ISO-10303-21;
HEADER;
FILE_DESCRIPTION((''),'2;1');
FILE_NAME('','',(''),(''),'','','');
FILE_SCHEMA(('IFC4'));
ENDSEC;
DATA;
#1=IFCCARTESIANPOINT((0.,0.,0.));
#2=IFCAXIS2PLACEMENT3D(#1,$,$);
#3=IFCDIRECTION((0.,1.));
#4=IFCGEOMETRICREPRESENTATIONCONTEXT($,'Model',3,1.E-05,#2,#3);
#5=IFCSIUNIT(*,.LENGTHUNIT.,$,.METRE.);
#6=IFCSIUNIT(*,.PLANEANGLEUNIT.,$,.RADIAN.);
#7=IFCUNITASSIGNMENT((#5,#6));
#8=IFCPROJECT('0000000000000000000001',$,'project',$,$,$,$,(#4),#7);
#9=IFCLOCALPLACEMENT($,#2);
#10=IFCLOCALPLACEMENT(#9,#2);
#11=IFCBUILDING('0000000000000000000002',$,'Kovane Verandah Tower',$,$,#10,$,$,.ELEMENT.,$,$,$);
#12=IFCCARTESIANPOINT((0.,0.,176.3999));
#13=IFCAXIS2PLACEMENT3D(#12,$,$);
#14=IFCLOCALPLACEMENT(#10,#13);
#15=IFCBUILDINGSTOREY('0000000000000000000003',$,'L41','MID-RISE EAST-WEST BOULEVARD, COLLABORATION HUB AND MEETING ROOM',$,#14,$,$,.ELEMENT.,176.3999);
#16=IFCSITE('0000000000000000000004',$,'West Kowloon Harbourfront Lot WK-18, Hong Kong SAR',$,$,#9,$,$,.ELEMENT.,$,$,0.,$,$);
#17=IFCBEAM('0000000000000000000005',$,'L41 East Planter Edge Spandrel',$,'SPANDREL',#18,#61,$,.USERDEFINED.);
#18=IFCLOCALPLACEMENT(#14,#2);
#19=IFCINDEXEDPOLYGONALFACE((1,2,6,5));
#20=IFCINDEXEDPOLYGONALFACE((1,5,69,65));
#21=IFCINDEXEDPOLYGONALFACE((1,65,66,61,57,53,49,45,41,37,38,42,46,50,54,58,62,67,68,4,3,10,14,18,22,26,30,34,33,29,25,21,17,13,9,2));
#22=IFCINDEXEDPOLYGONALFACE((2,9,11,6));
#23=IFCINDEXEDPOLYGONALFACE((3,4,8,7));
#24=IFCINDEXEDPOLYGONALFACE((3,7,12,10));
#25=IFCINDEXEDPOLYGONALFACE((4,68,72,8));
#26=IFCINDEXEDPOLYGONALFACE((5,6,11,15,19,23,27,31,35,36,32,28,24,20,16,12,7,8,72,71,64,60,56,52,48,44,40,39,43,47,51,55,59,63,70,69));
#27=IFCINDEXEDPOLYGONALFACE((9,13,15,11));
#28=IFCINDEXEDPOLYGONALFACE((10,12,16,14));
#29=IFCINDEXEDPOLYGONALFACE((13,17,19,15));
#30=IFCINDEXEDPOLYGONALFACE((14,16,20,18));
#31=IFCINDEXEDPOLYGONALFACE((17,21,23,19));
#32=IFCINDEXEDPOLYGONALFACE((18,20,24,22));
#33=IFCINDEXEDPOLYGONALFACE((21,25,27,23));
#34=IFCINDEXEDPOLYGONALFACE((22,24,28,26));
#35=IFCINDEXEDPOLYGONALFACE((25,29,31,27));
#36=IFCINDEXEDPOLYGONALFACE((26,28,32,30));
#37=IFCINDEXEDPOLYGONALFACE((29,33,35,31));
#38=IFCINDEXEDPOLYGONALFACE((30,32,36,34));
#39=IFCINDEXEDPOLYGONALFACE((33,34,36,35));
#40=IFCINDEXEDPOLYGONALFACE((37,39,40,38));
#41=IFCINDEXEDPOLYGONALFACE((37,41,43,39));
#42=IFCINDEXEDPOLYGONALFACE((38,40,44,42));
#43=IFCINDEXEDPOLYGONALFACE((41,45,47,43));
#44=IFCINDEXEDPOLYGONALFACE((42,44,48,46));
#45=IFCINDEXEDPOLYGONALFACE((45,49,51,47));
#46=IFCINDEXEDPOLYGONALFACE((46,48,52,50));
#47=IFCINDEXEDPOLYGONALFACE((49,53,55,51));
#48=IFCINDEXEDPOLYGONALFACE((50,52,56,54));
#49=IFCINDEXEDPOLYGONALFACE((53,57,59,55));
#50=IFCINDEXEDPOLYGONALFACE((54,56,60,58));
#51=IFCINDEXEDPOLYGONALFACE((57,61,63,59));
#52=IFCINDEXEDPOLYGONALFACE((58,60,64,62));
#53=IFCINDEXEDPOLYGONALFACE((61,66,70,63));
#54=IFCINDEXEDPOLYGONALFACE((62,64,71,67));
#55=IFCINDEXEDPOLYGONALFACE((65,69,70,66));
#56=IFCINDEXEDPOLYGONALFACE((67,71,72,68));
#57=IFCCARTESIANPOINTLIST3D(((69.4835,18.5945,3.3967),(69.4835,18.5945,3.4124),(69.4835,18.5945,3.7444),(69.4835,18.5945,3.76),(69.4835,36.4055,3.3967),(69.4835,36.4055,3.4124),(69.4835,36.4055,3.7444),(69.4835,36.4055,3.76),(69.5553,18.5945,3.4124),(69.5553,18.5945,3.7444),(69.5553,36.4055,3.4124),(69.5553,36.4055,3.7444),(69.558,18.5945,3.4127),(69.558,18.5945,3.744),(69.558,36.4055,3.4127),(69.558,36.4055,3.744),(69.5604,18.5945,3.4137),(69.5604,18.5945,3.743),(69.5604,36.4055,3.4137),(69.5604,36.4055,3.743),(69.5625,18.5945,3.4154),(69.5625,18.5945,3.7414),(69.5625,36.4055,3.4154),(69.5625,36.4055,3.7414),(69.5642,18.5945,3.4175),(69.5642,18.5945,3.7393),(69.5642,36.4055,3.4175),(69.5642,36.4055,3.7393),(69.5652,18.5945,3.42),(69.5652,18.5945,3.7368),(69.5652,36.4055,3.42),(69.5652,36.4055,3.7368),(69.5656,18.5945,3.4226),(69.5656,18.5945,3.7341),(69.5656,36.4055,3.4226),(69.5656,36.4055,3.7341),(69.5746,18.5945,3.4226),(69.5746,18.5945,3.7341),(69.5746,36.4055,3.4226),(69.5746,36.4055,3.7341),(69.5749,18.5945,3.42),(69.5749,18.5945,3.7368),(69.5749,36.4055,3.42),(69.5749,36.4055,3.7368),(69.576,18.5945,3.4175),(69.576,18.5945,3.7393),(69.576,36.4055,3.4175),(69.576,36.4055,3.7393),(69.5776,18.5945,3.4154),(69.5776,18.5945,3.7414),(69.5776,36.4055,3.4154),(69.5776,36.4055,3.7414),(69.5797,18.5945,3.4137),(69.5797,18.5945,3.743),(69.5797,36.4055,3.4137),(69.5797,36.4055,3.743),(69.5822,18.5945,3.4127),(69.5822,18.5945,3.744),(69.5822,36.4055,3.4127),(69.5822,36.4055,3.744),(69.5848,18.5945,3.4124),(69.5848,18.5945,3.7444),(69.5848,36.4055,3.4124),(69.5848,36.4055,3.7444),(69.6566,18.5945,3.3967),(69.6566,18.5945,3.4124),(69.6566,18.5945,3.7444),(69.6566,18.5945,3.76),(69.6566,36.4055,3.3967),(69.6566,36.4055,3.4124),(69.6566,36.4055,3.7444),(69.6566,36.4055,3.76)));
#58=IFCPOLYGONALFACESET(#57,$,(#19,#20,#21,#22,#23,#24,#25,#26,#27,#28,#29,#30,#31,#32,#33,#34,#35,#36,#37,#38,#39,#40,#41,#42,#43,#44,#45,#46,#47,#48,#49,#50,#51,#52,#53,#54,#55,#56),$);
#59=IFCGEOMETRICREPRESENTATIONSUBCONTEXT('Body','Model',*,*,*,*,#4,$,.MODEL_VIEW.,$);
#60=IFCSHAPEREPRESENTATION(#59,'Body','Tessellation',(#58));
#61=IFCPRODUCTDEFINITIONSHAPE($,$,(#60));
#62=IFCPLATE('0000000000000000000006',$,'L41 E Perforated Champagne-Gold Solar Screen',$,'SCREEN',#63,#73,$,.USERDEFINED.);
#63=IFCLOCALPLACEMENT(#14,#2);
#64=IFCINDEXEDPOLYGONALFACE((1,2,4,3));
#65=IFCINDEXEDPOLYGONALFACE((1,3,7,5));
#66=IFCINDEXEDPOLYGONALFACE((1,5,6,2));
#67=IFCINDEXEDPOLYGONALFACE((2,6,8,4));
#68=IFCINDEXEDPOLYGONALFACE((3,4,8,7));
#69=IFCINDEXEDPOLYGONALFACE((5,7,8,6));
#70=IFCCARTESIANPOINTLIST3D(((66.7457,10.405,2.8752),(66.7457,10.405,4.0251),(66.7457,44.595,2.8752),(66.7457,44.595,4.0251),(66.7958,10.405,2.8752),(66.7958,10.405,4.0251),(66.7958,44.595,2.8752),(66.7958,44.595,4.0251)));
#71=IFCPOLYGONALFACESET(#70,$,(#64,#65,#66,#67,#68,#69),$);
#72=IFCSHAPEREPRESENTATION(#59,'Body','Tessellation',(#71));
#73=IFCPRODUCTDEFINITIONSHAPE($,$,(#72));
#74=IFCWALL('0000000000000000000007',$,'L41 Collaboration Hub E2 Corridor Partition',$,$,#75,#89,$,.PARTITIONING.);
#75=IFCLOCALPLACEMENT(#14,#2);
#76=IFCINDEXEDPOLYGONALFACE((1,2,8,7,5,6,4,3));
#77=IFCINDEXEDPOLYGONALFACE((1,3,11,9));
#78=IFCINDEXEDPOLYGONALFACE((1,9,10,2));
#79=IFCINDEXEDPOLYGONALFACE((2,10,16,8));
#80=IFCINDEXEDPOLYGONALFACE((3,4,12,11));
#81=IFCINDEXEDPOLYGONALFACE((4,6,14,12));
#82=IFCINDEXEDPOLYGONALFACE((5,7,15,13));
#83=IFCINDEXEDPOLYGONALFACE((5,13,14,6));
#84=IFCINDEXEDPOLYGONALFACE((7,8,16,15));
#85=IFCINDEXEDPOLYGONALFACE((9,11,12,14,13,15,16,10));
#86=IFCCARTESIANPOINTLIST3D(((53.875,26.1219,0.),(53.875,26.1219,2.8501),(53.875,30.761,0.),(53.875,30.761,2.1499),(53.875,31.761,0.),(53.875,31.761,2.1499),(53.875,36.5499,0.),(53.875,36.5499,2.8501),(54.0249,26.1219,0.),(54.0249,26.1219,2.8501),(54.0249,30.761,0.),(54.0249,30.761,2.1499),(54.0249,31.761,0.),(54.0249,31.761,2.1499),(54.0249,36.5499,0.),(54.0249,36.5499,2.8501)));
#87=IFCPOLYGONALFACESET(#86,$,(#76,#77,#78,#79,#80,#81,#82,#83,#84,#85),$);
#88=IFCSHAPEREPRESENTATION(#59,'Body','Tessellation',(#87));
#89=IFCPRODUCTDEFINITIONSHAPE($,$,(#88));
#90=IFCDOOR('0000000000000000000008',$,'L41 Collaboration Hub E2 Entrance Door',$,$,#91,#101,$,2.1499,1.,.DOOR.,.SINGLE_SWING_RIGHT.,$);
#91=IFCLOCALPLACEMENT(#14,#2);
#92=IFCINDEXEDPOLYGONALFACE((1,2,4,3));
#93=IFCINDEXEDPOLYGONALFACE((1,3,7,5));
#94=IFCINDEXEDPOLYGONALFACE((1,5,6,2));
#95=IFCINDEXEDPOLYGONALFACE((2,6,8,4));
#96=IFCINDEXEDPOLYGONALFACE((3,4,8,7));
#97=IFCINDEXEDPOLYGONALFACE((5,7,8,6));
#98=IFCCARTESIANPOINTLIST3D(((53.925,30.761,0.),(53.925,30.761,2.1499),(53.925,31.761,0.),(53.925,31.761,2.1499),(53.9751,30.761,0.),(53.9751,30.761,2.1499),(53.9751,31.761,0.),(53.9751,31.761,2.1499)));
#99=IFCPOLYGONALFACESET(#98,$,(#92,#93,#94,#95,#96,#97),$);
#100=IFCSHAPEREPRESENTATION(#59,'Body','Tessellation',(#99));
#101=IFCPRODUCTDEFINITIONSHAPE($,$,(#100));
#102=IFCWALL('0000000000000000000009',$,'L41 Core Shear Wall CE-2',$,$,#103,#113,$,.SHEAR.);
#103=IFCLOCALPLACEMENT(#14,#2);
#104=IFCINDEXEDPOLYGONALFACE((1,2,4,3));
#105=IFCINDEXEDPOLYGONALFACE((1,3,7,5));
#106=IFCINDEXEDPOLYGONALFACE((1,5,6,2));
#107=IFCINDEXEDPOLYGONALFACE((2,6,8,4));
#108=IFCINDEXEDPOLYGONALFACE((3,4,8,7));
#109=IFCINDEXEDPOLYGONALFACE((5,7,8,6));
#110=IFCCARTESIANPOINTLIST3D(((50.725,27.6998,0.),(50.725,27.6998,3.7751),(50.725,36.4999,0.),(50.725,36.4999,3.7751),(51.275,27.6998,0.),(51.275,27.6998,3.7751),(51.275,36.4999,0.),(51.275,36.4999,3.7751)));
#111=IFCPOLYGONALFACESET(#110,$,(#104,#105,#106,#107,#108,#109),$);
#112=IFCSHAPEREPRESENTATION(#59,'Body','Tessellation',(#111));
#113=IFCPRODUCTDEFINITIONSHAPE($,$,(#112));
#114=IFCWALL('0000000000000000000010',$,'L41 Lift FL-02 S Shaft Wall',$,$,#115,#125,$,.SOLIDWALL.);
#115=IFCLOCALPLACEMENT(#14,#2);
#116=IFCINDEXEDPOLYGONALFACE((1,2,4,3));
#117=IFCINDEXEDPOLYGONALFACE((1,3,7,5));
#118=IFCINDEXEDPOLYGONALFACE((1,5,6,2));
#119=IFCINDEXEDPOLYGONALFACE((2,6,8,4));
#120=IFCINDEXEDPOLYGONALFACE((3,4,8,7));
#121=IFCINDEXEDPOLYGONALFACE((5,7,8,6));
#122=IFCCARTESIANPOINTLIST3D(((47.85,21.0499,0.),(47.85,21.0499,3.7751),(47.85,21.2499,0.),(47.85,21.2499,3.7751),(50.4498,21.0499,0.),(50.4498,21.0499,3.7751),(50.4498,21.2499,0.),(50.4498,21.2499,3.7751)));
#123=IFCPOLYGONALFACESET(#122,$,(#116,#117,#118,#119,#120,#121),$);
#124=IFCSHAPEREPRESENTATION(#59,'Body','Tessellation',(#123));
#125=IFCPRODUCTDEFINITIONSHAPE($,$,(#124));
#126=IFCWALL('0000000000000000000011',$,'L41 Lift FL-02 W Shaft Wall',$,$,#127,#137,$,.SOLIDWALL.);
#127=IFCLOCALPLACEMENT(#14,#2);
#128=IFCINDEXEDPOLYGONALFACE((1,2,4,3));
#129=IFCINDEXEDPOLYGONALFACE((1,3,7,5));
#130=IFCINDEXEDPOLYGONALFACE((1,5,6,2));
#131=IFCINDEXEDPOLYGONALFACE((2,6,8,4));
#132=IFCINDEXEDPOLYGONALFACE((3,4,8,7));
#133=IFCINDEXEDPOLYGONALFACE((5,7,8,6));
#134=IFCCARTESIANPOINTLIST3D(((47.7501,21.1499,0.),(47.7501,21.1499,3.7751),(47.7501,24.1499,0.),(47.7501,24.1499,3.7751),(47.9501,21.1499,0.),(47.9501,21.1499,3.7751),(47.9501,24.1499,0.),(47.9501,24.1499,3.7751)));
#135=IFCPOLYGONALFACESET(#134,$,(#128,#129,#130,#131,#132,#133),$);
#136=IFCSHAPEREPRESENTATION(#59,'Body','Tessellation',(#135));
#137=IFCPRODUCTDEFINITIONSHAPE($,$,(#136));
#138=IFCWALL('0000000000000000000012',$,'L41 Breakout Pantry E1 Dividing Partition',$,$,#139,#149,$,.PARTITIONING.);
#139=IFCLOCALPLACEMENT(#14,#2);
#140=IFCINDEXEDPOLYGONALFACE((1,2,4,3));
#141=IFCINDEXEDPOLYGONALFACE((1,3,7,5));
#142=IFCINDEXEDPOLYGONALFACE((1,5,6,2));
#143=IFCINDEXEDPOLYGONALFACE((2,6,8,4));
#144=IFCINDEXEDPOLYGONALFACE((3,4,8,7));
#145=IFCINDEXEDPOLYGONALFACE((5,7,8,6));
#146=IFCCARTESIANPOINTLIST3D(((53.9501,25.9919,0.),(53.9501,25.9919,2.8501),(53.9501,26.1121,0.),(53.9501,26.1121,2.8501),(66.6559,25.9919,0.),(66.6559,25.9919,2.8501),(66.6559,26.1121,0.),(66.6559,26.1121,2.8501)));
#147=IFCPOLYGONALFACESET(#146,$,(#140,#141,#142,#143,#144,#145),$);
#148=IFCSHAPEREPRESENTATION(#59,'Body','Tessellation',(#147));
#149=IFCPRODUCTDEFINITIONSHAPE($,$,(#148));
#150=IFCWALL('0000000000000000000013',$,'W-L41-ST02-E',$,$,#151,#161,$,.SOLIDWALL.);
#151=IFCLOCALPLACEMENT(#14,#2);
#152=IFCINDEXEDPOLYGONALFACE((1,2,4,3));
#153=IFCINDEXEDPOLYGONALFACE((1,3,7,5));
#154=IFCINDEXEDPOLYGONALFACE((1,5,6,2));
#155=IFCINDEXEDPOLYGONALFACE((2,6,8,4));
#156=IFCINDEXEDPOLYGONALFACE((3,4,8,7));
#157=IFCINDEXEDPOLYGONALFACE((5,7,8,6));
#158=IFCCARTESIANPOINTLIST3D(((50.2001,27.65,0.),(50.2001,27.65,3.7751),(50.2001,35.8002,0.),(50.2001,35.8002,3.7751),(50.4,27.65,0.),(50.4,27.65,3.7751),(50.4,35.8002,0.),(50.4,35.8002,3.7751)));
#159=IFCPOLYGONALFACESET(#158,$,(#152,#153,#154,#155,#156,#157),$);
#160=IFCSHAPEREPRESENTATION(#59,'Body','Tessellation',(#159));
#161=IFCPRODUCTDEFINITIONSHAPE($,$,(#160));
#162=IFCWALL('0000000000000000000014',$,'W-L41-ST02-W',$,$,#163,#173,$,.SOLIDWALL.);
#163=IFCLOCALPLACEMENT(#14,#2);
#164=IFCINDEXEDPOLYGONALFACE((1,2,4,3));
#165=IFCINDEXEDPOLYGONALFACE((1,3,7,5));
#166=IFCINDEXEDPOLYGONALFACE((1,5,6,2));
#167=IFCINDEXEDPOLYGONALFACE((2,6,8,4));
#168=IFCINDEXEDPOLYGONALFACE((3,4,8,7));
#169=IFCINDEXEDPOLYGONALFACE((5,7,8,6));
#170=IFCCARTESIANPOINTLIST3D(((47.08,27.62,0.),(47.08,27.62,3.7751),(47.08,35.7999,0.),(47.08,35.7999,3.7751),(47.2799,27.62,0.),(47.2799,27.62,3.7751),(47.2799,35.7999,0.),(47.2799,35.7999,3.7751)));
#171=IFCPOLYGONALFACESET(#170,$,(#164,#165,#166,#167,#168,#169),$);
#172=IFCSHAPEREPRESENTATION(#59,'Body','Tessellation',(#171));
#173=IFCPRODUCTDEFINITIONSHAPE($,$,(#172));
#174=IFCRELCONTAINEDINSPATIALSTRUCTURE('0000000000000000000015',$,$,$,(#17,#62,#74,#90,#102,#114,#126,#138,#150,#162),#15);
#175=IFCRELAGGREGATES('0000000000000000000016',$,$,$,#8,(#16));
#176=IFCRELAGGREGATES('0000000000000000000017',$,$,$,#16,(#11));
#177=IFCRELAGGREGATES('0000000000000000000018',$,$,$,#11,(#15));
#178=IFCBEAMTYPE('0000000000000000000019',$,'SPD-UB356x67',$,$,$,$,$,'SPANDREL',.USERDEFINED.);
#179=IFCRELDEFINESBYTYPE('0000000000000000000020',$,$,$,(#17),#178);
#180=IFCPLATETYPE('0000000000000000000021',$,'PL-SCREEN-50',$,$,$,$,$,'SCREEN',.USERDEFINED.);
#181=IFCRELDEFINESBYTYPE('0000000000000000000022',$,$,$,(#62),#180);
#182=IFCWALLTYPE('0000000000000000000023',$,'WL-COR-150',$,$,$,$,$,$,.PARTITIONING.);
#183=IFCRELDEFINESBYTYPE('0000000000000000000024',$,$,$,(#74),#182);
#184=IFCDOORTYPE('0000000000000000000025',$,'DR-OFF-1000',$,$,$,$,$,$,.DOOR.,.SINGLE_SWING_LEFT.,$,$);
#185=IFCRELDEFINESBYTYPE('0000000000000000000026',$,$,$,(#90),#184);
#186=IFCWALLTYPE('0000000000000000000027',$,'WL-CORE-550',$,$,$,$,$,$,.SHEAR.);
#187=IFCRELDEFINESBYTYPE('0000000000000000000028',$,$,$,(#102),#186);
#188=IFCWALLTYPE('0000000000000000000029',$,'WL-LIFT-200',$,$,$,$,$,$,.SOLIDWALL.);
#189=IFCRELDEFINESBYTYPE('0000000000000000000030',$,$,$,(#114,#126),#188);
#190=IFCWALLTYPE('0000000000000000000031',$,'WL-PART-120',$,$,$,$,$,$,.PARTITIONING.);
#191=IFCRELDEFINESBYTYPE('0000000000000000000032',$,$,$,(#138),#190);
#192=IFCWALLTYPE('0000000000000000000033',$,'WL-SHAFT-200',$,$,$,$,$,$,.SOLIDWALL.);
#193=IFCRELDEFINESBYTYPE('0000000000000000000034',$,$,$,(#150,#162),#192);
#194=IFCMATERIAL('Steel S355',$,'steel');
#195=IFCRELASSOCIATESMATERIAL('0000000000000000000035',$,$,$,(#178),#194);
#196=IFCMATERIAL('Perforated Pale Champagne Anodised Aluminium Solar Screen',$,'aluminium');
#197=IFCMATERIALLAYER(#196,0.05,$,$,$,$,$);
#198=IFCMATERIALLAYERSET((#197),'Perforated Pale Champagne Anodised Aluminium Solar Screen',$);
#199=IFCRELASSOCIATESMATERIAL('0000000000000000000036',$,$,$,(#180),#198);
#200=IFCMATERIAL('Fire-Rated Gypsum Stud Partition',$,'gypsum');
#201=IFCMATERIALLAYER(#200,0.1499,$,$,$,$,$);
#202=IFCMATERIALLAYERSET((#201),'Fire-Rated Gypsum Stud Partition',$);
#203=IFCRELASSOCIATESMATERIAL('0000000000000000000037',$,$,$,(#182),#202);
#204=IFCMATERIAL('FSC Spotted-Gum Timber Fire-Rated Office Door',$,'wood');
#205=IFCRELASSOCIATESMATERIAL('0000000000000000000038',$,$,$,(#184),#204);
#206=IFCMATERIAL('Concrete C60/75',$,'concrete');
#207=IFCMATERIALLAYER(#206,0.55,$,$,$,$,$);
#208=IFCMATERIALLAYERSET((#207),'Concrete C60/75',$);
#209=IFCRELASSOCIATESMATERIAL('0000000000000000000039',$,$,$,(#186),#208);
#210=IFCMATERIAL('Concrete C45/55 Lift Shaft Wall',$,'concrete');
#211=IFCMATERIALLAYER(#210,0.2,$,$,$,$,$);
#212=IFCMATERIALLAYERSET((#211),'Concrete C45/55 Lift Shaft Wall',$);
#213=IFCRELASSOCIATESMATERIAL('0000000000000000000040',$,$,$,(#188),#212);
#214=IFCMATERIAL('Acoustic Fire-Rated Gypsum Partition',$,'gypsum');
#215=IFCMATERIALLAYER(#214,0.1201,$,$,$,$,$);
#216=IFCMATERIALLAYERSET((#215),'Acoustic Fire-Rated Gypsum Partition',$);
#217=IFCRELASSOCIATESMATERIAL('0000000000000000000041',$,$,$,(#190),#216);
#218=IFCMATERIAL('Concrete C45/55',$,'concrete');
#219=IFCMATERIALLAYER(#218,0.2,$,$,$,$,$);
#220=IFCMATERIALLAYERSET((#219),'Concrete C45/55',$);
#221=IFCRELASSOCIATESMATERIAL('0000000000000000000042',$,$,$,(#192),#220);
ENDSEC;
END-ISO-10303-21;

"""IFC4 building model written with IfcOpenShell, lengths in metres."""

from ifc_helpers import new_model, si_unit, direction, frame, frame_2d, origin, origin_2d, place, context, subcontext, project, spatial, rectangle, i_section, extrude, material, layer, layer_set, material_profile, profile_set, type_object, element, fill, save


model = new_model("IFC4")

# Units and contexts
model_context = context("Model", 3, precision=1e-05, world=origin(), true_north=direction((0.0, 1.0)))
body_context = subcontext(model_context, "Body", "Model", "MODEL_VIEW")
ifc_project = project(units=[si_unit("LENGTHUNIT", "METRE"), si_unit("PLANEANGLEUNIT", "RADIAN")], contexts=[model_context])

# Site, building, storey
site_placement = place(None, origin())
site = spatial("IfcSite", under=ifc_project, at=site_placement, Name="West Kowloon Harbourfront Lot WK-18, Hong Kong SAR", CompositionType="ELEMENT", RefElevation=0.0)
building_placement = place(site_placement, origin())
building = spatial("IfcBuilding", under=site, at=building_placement, Name="Kovane Verandah Tower", CompositionType="ELEMENT")
storey_placement = place(building_placement, frame((0.0, 0.0, 176.3999)))
storey = spatial("IfcBuildingStorey", under=building, at=storey_placement, Name="L41", Description="MID-RISE EAST-WEST BOULEVARD, COLLABORATION HUB AND MEETING ROOM", CompositionType="ELEMENT", Elevation=176.3999)

# Beam
ifc_material_1 = material(Name="Concrete C60/75", Category="concrete")
ifc_material_2 = material(Name="Steel S355", Category="steel")
ifc_material_profile_1 = material_profile(ifc_material_2, i_section(OverallWidth=0.1731, OverallDepth=0.3633, WebThickness=0.009, FlangeThickness=0.0156, FilletRadius=0.0103, at=origin_2d()), Name="UB356x171x67")
ifc_profile_set_1 = profile_set([ifc_material_profile_1], Name="Steel S355")
beam_type_1 = type_object("IfcBeamType", Name="SPD-UB356x67", ElementType="SPANDREL", PredefinedType="USERDEFINED", material=ifc_profile_set_1)
beam_1_placement = place(storey_placement, frame((69.5701, 18.5945, 3.5784), z_axis=(0.0, 1.0, 0.0), x_axis=(-1.0, 0.0, 0.0)))
element("IfcBeam", 1, at=beam_1_placement, inside=storey, type_object=beam_type_1, Name="L41 East Planter Edge Spandrel", ObjectType="SPANDREL", PredefinedType="USERDEFINED", context=body_context, shape_type="SweptSolid", body=[
    extrude(i_section(OverallWidth=0.1731, OverallDepth=0.3633, WebThickness=0.009, FlangeThickness=0.0156, FilletRadius=0.0103, at=origin_2d()), origin(), (0.0, 0.0, 1.0), 17.811),
])

# Plate
ifc_material_3 = material(Name="Perforated Pale Champagne Anodised Aluminium Solar Screen", Category="aluminium")
ifc_layer_1 = layer(ifc_material_3, 0.05)
ifc_layer_set_1 = layer_set([ifc_layer_1], Name="Perforated Pale Champagne Anodised Aluminium Solar Screen")
plate_type = type_object("IfcPlateType", Name="PL-SCREEN-50", ElementType="SCREEN", PredefinedType="USERDEFINED", material=ifc_layer_set_1)
plate_placement = place(storey_placement, frame((66.7708, 27.5, 2.8752), z_axis=(0.0, 0.0, 1.0), x_axis=(0.0, 1.0, 0.0)))
element("IfcPlate", 2, at=plate_placement, inside=storey, type_object=plate_type, Name="L41 E Perforated Champagne-Gold Solar Screen", ObjectType="SCREEN", PredefinedType="USERDEFINED", context=body_context, shape_type="SweptSolid", body=[
    extrude(rectangle(XDim=34.1899, YDim=0.05, at=origin_2d()), origin(), (0.0, 0.0, 1.0), 1.1499),
])

# Wall, opening, door
ifc_material_4 = material(Name="Fire-Rated Gypsum Stud Partition", Category="gypsum")
ifc_layer_2 = layer(ifc_material_4, 0.1499)
ifc_layer_set_2 = layer_set([ifc_layer_2], Name="Fire-Rated Gypsum Stud Partition")
wall_type_1 = type_object("IfcWallType", Name="WL-COR-150", PredefinedType="PARTITIONING", material=ifc_layer_set_2)
wall_1_placement = place(storey_placement, frame((53.95, 26.1221, 0.0), z_axis=(0.0, 0.0, 1.0), x_axis=(0.0, 1.0, 0.0)))
wall_1 = element("IfcWall", 3, at=wall_1_placement, inside=storey, type_object=wall_type_1, Name="L41 Collaboration Hub E2 Corridor Partition", PredefinedType="PARTITIONING", context=body_context, shape_type="SweptSolid", body=[
    extrude(rectangle(XDim=10.428, YDim=0.1499, at=frame_2d((5.2139, 0.0))), origin(), (0.0, 0.0, 1.0), 2.8501),
])
opening_1_placement = place(wall_1_placement, frame((4.6389, 0.0, 0.0)))
opening_1 = element("IfcOpeningElement", 4, at=opening_1_placement, cuts=wall_1, PredefinedType="OPENING", context=body_context, shape_type="SweptSolid", body=[
    extrude(rectangle(XDim=1.0, YDim=2.1499, at=frame_2d((0.5, 1.075))), frame((0.0, 0.075, 0.0), z_axis=(0.0, -1.0, 0.0), x_axis=(1.0, 0.0, 0.0)), (0.0, 0.0, 1.0), 0.1499),
])
ifc_material_5 = material(Name="FSC Spotted-Gum Timber Fire-Rated Office Door", Category="wood")
door_type_1 = type_object("IfcDoorType", Name="DR-OFF-1000", OperationType="SINGLE_SWING_LEFT", PredefinedType="DOOR", material=ifc_material_5)
door_1_placement = place(opening_1_placement, origin())
door_1 = element("IfcDoor", 5, at=door_1_placement, inside=storey, type_object=door_type_1, Name="L41 Collaboration Hub E2 Entrance Door", OperationType="SINGLE_SWING_RIGHT", OverallHeight=2.1499, OverallWidth=1.0, PredefinedType="DOOR", context=body_context, shape_type="SweptSolid", body=[
    extrude(rectangle(XDim=1.0, YDim=2.1499, at=frame_2d((0.5, 1.075))), frame((0.0, 0.0249, 0.0), z_axis=(0.0, -1.0, 0.0), x_axis=(1.0, 0.0, 0.0)), (0.0, 0.0, 1.0), 0.05),
])
fill(opening_1, door_1)

# Wall
ifc_layer_3 = layer(ifc_material_1, 0.55)
ifc_layer_set_3 = layer_set([ifc_layer_3], Name="Concrete C60/75")
wall_type_2 = type_object("IfcWallType", Name="WL-CORE-550", PredefinedType="SHEAR", material=ifc_layer_set_3)
wall_2_placement = place(storey_placement, frame((51.0, 27.7, 0.0), z_axis=(0.0, 0.0, 1.0), x_axis=(0.0, 1.0, 0.0)))
element("IfcWall", 6, at=wall_2_placement, inside=storey, type_object=wall_type_2, Name="L41 Core Shear Wall CE-2", PredefinedType="SHEAR", context=body_context, shape_type="SweptSolid", body=[
    extrude(rectangle(XDim=8.8, YDim=0.55, at=frame_2d((4.3999, 0.0))), origin(), (0.0, 0.0, 1.0), 3.7751),
])

# Wall
ifc_material_6 = material(Name="Concrete C45/55 Lift Shaft Wall", Category="concrete")
ifc_layer_4 = layer(ifc_material_6, 0.2)
ifc_layer_set_4 = layer_set([ifc_layer_4], Name="Concrete C45/55 Lift Shaft Wall")
wall_type_3 = type_object("IfcWallType", Name="WL-LIFT-200", PredefinedType="SOLIDWALL", material=ifc_layer_set_4)
wall_3_placement = place(storey_placement, frame((47.8501, 21.1499, 0.0), z_axis=(0.0, 0.0, 1.0), x_axis=(1.0, 0.0, 0.0)))
element("IfcWall", 7, at=wall_3_placement, inside=storey, type_object=wall_type_3, Name="L41 Lift FL-02 S Shaft Wall", PredefinedType="SOLIDWALL", context=body_context, shape_type="SweptSolid", body=[
    extrude(rectangle(XDim=2.5999, YDim=0.2, at=frame_2d((1.2998, 0.0))), origin(), (0.0, 0.0, 1.0), 3.7751),
])

# Walls
wall_4_placement = place(storey_placement, frame((47.8501, 24.1499, 0.0), z_axis=(0.0, 0.0, 1.0), x_axis=(0.0, -1.0, 0.0)))
element("IfcWall", 8, at=wall_4_placement, inside=storey, type_object=wall_type_3, Name="L41 Lift FL-02 W Shaft Wall", PredefinedType="SOLIDWALL", context=body_context, shape_type="SweptSolid", body=[
    extrude(rectangle(XDim=3.0, YDim=0.2, at=frame_2d((1.5, 0.0))), origin(), (0.0, 0.0, 1.0), 3.7751),
])
ifc_material_7 = material(Name="Acoustic Fire-Rated Gypsum Partition", Category="gypsum")
ifc_layer_5 = layer(ifc_material_7, 0.1201)
ifc_layer_set_5 = layer_set([ifc_layer_5], Name="Acoustic Fire-Rated Gypsum Partition")
wall_type_4 = type_object("IfcWallType", Name="WL-PART-120", PredefinedType="PARTITIONING", material=ifc_layer_set_5)
wall_5_placement = place(storey_placement, frame((53.95, 26.052, 0.0), z_axis=(0.0, 0.0, 1.0), x_axis=(1.0, 0.0, 0.0)))
element("IfcWall", 9, at=wall_5_placement, inside=storey, type_object=wall_type_4, Name="L41 Breakout Pantry E1 Dividing Partition", PredefinedType="PARTITIONING", context=body_context, shape_type="SweptSolid", body=[
    extrude(rectangle(XDim=12.7058, YDim=0.1201, at=frame_2d((6.353, 0.0))), origin(), (0.0, 0.0, 1.0), 2.8501),
])
ifc_material_8 = material(Name="Concrete C45/55", Category="concrete")
ifc_layer_6 = layer(ifc_material_8, 0.2)
ifc_layer_set_6 = layer_set([ifc_layer_6], Name="Concrete C45/55")
wall_type_5 = type_object("IfcWallType", Name="WL-SHAFT-200", PredefinedType="SOLIDWALL", material=ifc_layer_set_6)
wall_6_placement = place(storey_placement, frame((50.3, 27.6499, 0.0), z_axis=(0.0, 0.0, 1.0), x_axis=(0.0, 1.0, 0.0)))
element("IfcWall", 10, at=wall_6_placement, inside=storey, type_object=wall_type_5, Name="W-L41-ST02-E", PredefinedType="SOLIDWALL", context=body_context, shape_type="SweptSolid", body=[
    extrude(rectangle(XDim=8.1501, YDim=0.2, at=frame_2d((4.0752, 0.0))), origin(), (0.0, 0.0, 1.0), 3.7751),
])
wall_7_placement = place(storey_placement, frame((47.1799, 27.6201, 0.0), z_axis=(0.0, 0.0, 1.0), x_axis=(0.0, 1.0, 0.0)))
element("IfcWall", 11, at=wall_7_placement, inside=storey, type_object=wall_type_5, Name="W-L41-ST02-W", PredefinedType="SOLIDWALL", context=body_context, shape_type="SweptSolid", body=[
    extrude(rectangle(XDim=8.1799, YDim=0.2, at=frame_2d((4.0898, 0.0))), origin(), (0.0, 0.0, 1.0), 3.7751),
])

save(model, "model.ifc")
